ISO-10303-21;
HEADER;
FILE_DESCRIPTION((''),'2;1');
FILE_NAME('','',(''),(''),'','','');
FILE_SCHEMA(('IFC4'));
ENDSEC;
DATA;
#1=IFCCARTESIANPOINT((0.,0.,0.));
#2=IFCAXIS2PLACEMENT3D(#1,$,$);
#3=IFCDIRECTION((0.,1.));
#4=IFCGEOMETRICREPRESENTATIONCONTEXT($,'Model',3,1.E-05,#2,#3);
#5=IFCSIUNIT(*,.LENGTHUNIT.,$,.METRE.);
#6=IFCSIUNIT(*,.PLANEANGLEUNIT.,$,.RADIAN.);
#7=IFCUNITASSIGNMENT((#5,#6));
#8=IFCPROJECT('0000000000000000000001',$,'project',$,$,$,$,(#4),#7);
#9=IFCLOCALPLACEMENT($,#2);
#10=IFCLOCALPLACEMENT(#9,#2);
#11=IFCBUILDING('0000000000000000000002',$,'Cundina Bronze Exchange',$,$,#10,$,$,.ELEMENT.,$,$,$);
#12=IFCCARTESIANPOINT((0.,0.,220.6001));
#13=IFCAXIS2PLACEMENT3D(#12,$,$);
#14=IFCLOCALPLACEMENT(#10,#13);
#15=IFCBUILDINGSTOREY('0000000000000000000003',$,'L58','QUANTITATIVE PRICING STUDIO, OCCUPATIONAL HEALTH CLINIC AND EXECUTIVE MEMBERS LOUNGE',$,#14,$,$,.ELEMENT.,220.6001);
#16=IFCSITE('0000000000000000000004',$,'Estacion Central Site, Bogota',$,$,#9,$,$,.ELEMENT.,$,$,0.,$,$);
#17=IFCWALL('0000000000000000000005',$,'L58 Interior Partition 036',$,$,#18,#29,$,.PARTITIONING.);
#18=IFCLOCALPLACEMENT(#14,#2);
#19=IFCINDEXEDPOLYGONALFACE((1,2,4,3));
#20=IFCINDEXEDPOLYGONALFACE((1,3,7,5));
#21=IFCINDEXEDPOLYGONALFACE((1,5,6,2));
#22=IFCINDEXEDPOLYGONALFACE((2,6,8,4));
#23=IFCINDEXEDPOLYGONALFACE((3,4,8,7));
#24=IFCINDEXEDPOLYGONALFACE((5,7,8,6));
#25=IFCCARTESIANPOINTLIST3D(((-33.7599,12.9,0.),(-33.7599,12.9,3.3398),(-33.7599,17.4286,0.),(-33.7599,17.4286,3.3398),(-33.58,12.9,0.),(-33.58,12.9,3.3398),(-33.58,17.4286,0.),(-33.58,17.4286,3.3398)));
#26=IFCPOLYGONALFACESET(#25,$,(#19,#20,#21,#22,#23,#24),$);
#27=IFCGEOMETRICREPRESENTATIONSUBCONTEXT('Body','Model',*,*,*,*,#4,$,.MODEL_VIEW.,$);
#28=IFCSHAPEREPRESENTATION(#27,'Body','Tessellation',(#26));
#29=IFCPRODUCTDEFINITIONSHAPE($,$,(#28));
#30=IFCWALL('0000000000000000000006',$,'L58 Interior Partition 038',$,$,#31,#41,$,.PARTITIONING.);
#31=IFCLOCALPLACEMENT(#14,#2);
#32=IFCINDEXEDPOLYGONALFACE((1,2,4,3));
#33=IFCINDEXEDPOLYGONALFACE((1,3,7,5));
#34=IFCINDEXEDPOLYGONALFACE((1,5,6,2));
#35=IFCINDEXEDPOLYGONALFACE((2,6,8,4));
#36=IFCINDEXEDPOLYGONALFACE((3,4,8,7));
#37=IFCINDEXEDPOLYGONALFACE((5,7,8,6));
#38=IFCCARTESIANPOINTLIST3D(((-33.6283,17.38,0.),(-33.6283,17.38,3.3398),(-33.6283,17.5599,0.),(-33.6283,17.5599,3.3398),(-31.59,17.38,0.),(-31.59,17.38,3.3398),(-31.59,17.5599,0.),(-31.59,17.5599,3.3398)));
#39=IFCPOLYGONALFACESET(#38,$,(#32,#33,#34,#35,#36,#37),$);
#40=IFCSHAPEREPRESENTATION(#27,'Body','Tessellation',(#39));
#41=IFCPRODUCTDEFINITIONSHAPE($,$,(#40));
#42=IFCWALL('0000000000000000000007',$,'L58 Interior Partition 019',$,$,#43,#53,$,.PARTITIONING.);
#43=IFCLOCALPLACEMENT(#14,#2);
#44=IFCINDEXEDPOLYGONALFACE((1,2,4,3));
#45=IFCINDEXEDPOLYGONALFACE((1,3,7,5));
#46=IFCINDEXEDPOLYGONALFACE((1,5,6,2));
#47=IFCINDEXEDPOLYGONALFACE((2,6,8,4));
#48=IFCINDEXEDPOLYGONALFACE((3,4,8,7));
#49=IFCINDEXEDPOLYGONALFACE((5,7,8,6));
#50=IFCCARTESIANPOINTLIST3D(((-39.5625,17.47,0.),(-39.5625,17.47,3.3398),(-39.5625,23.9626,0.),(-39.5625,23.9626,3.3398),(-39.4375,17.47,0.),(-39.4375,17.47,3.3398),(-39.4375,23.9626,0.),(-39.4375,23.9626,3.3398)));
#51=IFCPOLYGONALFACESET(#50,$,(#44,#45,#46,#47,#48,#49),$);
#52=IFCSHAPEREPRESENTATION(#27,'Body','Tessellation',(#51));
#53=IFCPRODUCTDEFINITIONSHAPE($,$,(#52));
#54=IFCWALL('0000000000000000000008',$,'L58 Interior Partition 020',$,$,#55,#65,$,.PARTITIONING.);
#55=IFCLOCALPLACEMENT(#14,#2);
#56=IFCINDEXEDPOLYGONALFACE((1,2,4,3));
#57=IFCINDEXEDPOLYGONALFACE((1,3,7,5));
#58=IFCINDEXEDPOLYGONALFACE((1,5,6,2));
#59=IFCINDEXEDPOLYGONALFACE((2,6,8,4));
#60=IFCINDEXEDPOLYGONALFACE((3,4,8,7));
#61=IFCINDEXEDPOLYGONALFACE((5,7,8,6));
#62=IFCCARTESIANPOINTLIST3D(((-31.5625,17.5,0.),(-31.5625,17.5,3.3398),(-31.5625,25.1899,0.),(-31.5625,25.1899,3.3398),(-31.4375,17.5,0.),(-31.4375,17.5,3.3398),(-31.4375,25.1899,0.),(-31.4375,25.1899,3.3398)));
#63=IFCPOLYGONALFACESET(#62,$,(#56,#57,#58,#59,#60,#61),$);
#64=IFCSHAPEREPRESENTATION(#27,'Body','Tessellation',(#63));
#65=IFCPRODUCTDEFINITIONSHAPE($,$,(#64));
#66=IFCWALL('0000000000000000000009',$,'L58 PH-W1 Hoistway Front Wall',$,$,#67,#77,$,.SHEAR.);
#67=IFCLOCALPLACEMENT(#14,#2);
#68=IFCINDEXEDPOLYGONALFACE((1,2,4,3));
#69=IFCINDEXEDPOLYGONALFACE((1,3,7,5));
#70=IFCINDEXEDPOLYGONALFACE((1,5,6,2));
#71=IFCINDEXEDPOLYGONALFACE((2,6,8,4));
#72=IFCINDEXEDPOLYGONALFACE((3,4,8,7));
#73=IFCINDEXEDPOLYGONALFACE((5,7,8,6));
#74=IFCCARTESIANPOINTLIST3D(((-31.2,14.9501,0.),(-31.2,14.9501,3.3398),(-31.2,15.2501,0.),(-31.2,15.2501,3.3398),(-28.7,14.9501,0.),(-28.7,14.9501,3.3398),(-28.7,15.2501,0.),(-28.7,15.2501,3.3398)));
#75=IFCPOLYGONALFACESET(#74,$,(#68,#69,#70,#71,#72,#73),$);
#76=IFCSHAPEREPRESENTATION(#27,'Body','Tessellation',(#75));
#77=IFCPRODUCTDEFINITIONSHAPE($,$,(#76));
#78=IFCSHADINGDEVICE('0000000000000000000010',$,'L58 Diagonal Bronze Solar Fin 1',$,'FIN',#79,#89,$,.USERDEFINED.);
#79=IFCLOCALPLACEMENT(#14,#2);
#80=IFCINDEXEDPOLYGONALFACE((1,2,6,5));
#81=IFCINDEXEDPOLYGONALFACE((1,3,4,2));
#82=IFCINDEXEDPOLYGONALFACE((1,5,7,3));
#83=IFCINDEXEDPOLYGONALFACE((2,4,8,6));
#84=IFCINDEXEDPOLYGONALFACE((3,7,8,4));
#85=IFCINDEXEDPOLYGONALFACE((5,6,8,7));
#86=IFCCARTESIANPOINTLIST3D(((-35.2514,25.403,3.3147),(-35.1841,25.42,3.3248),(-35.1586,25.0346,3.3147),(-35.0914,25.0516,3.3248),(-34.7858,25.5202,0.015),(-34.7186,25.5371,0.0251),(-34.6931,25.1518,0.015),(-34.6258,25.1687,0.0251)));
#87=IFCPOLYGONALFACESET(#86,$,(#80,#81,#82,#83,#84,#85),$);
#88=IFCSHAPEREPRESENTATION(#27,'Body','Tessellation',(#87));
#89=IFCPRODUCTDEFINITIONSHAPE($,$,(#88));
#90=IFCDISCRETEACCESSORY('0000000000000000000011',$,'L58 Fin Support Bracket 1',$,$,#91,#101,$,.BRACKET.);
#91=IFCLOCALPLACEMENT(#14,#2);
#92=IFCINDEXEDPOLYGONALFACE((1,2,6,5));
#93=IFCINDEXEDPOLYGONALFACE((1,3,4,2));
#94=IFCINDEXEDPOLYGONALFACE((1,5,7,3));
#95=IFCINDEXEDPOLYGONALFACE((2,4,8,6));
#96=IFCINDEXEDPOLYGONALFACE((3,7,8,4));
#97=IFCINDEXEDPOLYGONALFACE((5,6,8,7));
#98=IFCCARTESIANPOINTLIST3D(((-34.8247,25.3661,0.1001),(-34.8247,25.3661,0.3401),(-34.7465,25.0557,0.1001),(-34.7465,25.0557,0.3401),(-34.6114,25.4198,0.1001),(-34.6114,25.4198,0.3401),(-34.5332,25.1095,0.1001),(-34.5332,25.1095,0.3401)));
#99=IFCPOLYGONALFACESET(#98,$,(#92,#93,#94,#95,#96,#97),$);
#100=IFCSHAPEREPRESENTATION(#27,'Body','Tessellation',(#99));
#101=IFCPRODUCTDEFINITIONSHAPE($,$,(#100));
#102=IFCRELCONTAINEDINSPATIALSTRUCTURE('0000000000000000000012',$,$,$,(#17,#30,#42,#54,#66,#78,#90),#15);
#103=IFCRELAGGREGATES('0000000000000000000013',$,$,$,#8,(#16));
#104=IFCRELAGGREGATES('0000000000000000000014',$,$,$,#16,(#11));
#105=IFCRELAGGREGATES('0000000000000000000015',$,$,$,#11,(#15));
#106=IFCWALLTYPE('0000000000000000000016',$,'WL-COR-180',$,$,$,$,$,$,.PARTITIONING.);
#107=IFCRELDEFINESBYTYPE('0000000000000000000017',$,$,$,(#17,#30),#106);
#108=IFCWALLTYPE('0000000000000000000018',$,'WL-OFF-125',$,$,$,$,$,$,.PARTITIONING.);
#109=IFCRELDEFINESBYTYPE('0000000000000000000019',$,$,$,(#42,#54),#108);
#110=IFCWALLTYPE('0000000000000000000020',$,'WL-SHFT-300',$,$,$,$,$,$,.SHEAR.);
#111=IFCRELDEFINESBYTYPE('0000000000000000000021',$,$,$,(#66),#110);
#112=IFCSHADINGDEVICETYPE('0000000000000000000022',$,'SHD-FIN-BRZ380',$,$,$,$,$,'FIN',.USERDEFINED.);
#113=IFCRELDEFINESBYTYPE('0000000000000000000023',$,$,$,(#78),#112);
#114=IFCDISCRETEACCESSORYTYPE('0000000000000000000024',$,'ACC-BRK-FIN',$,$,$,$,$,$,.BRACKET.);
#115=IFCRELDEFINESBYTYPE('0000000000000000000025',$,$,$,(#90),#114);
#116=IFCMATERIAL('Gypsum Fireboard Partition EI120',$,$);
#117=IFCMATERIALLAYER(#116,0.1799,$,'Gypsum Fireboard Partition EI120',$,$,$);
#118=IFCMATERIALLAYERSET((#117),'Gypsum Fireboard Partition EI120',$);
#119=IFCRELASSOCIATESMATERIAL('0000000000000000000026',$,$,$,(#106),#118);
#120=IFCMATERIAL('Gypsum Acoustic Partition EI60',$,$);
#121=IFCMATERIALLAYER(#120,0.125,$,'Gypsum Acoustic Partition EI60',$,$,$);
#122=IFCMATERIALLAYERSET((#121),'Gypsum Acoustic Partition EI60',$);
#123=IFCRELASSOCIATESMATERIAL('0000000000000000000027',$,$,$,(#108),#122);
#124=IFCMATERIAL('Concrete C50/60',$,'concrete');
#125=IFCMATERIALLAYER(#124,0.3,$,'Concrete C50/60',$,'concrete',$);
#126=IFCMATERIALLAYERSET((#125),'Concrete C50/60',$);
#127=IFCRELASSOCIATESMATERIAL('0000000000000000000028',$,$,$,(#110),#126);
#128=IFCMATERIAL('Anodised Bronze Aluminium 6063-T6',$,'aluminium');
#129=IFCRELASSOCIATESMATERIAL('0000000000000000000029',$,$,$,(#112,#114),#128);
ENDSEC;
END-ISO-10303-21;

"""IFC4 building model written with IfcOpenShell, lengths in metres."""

from ifc_helpers import new_model, si_unit, direction, frame, frame_2d, origin, origin_2d, place, context, subcontext, project, spatial, rectangle, extrude, material, layer, layer_set, material_profile, profile_set, type_object, element, save


model = new_model("IFC4")

# Units and contexts
model_context = context("Model", 3, precision=1e-05, world=origin(), true_north=direction((0.0, 1.0)))
body_context = subcontext(model_context, "Body", "Model", "MODEL_VIEW")
ifc_project = project(units=[si_unit("LENGTHUNIT", "METRE"), si_unit("PLANEANGLEUNIT", "RADIAN")], contexts=[model_context])

# Site, building, storey
site_placement = place(None, origin())
site = spatial("IfcSite", under=ifc_project, at=site_placement, Name="Estacion Central Site, Bogota", CompositionType="ELEMENT", RefElevation=0.0)
building_placement = place(site_placement, origin())
building = spatial("IfcBuilding", under=site, at=building_placement, Name="Cundina Bronze Exchange", CompositionType="ELEMENT")
storey_placement = place(building_placement, frame((0.0, 0.0, 220.6001)))
storey = spatial("IfcBuildingStorey", under=building, at=storey_placement, Name="L58", Description="QUANTITATIVE PRICING STUDIO, OCCUPATIONAL HEALTH CLINIC AND EXECUTIVE MEMBERS LOUNGE", CompositionType="ELEMENT", Elevation=220.6001)

# Shared definitions
ifc_material_1 = material(Name="Concrete C50/60", Category="concrete")

# Shared definitions
ifc_material_2 = material(Name="Anodised Bronze Aluminium 6063-T6", Category="aluminium")

# Walls
ifc_material_3 = material(Name="Gypsum Fireboard Partition EI120")
ifc_layer_1 = layer(ifc_material_3, 0.1799, Name="Gypsum Fireboard Partition EI120")
ifc_layer_set_1 = layer_set([ifc_layer_1], Name="Gypsum Fireboard Partition EI120")
wall_type_1 = type_object("IfcWallType", Name="WL-COR-180", PredefinedType="PARTITIONING", material=ifc_layer_set_1)
wall_1_placement = place(storey_placement, frame((-33.6699, 17.4285, 0.0), z_axis=(0.0, 0.0, 1.0), x_axis=(0.0, -1.0, 0.0)))
element("IfcWall", 1, at=wall_1_placement, inside=storey, type_object=wall_type_1, Name="L58 Interior Partition 036", PredefinedType="PARTITIONING", context=body_context, shape_type="SweptSolid", body=[
    extrude(rectangle(XDim=4.5286, YDim=0.1799, at=frame_2d((2.2642, 0.0))), origin(), (0.0, 0.0, 1.0), 3.3398),
])
wall_2_placement = place(storey_placement, frame((-31.5901, 17.47, 0.0), z_axis=(0.0, 0.0, 1.0), x_axis=(-1.0, 0.0, 0.0)))
element("IfcWall", 2, at=wall_2_placement, inside=storey, type_object=wall_type_1, Name="L58 Interior Partition 038", PredefinedType="PARTITIONING", context=body_context, shape_type="SweptSolid", body=[
    extrude(rectangle(XDim=2.0383, YDim=0.1799, at=frame_2d((1.019, 0.0))), origin(), (0.0, 0.0, 1.0), 3.3398),
])
ifc_material_4 = material(Name="Gypsum Acoustic Partition EI60")
ifc_layer_2 = layer(ifc_material_4, 0.125, Name="Gypsum Acoustic Partition EI60")
ifc_layer_set_2 = layer_set([ifc_layer_2], Name="Gypsum Acoustic Partition EI60")
wall_type_2 = type_object("IfcWallType", Name="WL-OFF-125", PredefinedType="PARTITIONING", material=ifc_layer_set_2)
wall_3_placement = place(storey_placement, frame((-39.5, 17.47, 0.0), z_axis=(0.0, 0.0, 1.0), x_axis=(0.0, 1.0, 0.0)))
element("IfcWall", 3, at=wall_3_placement, inside=storey, type_object=wall_type_2, Name="L58 Interior Partition 019", PredefinedType="PARTITIONING", context=body_context, shape_type="SweptSolid", body=[
    extrude(rectangle(XDim=6.4927, YDim=0.125, at=frame_2d((3.2463, 0.0))), origin(), (0.0, 0.0, 1.0), 3.3398),
])
wall_4_placement = place(storey_placement, frame((-31.5, 17.5, 0.0), z_axis=(0.0, 0.0, 1.0), x_axis=(0.0, 1.0, 0.0)))
element("IfcWall", 4, at=wall_4_placement, inside=storey, type_object=wall_type_2, Name="L58 Interior Partition 020", PredefinedType="PARTITIONING", context=body_context, shape_type="SweptSolid", body=[
    extrude(rectangle(XDim=7.6899, YDim=0.125, at=frame_2d((3.845, 0.0))), origin(), (0.0, 0.0, 1.0), 3.3398),
])
ifc_layer_3 = layer(ifc_material_1, 0.3, Name="Concrete C50/60", Category="concrete")
ifc_layer_set_3 = layer_set([ifc_layer_3], Name="Concrete C50/60")
wall_type_3 = type_object("IfcWallType", Name="WL-SHFT-300", PredefinedType="SHEAR", material=ifc_layer_set_3)
wall_5_placement = place(storey_placement, frame((-31.2, 15.1001, 0.0), z_axis=(0.0, 0.0, 1.0), x_axis=(1.0, 0.0, 0.0)))
element("IfcWall", 5, at=wall_5_placement, inside=storey, type_object=wall_type_3, Name="L58 PH-W1 Hoistway Front Wall", PredefinedType="SHEAR", context=body_context, shape_type="SweptSolid", body=[
    extrude(rectangle(XDim=2.5, YDim=0.3, at=frame_2d((1.25, 0.0))), origin(), (0.0, 0.0, 1.0), 3.3398),
])

# Shading device
ifc_material_profile_1 = material_profile(ifc_material_2, rectangle(XDim=0.0701, YDim=0.3799, at=origin_2d()), Name="FIN70X380", Category="aluminium")
ifc_profile_set_1 = profile_set([ifc_material_profile_1], Name="Anodised Bronze Aluminium 6063-T6")
shading_device_type = type_object("IfcShadingDeviceType", Name="SHD-FIN-BRZ380", ElementType="FIN", PredefinedType="USERDEFINED", material=ifc_profile_set_1)
shading_device_placement = place(storey_placement, frame((-34.7058, 25.3445, 0.02), z_axis=(-0.139622, -0.035143, 0.989581), x_axis=(0.959649, 0.241548, 0.143977)))
element("IfcShadingDevice", 6, at=shading_device_placement, inside=storey, type_object=shading_device_type, Name="L58 Diagonal Bronze Solar Fin 1", ObjectType="FIN", PredefinedType="USERDEFINED", context=body_context, shape_type="SweptSolid", body=[
    extrude(rectangle(XDim=0.0701, YDim=0.3799, at=origin_2d()), origin(), (0.0, 0.0, 1.0), 3.3345),
])

# Discrete accessory
discrete_accessory_type = type_object("IfcDiscreteAccessoryType", Name="ACC-BRK-FIN", PredefinedType="BRACKET", material=ifc_material_2)
discrete_accessory_placement = place(storey_placement, frame((-34.679, 25.2378, 0.1001), z_axis=(0.0, 0.0, 1.0), x_axis=(-0.969732, -0.244174, 0.0)))
element("IfcDiscreteAccessory", 7, at=discrete_accessory_placement, inside=storey, type_object=discrete_accessory_type, Name="L58 Fin Support Bracket 1", PredefinedType="BRACKET", context=body_context, shape_type="SweptSolid", body=[
    extrude(rectangle(XDim=0.22, YDim=0.3201, at=origin_2d()), origin(), (0.0, 0.0, 1.0), 0.24),
])

save(model, "model.ifc")
